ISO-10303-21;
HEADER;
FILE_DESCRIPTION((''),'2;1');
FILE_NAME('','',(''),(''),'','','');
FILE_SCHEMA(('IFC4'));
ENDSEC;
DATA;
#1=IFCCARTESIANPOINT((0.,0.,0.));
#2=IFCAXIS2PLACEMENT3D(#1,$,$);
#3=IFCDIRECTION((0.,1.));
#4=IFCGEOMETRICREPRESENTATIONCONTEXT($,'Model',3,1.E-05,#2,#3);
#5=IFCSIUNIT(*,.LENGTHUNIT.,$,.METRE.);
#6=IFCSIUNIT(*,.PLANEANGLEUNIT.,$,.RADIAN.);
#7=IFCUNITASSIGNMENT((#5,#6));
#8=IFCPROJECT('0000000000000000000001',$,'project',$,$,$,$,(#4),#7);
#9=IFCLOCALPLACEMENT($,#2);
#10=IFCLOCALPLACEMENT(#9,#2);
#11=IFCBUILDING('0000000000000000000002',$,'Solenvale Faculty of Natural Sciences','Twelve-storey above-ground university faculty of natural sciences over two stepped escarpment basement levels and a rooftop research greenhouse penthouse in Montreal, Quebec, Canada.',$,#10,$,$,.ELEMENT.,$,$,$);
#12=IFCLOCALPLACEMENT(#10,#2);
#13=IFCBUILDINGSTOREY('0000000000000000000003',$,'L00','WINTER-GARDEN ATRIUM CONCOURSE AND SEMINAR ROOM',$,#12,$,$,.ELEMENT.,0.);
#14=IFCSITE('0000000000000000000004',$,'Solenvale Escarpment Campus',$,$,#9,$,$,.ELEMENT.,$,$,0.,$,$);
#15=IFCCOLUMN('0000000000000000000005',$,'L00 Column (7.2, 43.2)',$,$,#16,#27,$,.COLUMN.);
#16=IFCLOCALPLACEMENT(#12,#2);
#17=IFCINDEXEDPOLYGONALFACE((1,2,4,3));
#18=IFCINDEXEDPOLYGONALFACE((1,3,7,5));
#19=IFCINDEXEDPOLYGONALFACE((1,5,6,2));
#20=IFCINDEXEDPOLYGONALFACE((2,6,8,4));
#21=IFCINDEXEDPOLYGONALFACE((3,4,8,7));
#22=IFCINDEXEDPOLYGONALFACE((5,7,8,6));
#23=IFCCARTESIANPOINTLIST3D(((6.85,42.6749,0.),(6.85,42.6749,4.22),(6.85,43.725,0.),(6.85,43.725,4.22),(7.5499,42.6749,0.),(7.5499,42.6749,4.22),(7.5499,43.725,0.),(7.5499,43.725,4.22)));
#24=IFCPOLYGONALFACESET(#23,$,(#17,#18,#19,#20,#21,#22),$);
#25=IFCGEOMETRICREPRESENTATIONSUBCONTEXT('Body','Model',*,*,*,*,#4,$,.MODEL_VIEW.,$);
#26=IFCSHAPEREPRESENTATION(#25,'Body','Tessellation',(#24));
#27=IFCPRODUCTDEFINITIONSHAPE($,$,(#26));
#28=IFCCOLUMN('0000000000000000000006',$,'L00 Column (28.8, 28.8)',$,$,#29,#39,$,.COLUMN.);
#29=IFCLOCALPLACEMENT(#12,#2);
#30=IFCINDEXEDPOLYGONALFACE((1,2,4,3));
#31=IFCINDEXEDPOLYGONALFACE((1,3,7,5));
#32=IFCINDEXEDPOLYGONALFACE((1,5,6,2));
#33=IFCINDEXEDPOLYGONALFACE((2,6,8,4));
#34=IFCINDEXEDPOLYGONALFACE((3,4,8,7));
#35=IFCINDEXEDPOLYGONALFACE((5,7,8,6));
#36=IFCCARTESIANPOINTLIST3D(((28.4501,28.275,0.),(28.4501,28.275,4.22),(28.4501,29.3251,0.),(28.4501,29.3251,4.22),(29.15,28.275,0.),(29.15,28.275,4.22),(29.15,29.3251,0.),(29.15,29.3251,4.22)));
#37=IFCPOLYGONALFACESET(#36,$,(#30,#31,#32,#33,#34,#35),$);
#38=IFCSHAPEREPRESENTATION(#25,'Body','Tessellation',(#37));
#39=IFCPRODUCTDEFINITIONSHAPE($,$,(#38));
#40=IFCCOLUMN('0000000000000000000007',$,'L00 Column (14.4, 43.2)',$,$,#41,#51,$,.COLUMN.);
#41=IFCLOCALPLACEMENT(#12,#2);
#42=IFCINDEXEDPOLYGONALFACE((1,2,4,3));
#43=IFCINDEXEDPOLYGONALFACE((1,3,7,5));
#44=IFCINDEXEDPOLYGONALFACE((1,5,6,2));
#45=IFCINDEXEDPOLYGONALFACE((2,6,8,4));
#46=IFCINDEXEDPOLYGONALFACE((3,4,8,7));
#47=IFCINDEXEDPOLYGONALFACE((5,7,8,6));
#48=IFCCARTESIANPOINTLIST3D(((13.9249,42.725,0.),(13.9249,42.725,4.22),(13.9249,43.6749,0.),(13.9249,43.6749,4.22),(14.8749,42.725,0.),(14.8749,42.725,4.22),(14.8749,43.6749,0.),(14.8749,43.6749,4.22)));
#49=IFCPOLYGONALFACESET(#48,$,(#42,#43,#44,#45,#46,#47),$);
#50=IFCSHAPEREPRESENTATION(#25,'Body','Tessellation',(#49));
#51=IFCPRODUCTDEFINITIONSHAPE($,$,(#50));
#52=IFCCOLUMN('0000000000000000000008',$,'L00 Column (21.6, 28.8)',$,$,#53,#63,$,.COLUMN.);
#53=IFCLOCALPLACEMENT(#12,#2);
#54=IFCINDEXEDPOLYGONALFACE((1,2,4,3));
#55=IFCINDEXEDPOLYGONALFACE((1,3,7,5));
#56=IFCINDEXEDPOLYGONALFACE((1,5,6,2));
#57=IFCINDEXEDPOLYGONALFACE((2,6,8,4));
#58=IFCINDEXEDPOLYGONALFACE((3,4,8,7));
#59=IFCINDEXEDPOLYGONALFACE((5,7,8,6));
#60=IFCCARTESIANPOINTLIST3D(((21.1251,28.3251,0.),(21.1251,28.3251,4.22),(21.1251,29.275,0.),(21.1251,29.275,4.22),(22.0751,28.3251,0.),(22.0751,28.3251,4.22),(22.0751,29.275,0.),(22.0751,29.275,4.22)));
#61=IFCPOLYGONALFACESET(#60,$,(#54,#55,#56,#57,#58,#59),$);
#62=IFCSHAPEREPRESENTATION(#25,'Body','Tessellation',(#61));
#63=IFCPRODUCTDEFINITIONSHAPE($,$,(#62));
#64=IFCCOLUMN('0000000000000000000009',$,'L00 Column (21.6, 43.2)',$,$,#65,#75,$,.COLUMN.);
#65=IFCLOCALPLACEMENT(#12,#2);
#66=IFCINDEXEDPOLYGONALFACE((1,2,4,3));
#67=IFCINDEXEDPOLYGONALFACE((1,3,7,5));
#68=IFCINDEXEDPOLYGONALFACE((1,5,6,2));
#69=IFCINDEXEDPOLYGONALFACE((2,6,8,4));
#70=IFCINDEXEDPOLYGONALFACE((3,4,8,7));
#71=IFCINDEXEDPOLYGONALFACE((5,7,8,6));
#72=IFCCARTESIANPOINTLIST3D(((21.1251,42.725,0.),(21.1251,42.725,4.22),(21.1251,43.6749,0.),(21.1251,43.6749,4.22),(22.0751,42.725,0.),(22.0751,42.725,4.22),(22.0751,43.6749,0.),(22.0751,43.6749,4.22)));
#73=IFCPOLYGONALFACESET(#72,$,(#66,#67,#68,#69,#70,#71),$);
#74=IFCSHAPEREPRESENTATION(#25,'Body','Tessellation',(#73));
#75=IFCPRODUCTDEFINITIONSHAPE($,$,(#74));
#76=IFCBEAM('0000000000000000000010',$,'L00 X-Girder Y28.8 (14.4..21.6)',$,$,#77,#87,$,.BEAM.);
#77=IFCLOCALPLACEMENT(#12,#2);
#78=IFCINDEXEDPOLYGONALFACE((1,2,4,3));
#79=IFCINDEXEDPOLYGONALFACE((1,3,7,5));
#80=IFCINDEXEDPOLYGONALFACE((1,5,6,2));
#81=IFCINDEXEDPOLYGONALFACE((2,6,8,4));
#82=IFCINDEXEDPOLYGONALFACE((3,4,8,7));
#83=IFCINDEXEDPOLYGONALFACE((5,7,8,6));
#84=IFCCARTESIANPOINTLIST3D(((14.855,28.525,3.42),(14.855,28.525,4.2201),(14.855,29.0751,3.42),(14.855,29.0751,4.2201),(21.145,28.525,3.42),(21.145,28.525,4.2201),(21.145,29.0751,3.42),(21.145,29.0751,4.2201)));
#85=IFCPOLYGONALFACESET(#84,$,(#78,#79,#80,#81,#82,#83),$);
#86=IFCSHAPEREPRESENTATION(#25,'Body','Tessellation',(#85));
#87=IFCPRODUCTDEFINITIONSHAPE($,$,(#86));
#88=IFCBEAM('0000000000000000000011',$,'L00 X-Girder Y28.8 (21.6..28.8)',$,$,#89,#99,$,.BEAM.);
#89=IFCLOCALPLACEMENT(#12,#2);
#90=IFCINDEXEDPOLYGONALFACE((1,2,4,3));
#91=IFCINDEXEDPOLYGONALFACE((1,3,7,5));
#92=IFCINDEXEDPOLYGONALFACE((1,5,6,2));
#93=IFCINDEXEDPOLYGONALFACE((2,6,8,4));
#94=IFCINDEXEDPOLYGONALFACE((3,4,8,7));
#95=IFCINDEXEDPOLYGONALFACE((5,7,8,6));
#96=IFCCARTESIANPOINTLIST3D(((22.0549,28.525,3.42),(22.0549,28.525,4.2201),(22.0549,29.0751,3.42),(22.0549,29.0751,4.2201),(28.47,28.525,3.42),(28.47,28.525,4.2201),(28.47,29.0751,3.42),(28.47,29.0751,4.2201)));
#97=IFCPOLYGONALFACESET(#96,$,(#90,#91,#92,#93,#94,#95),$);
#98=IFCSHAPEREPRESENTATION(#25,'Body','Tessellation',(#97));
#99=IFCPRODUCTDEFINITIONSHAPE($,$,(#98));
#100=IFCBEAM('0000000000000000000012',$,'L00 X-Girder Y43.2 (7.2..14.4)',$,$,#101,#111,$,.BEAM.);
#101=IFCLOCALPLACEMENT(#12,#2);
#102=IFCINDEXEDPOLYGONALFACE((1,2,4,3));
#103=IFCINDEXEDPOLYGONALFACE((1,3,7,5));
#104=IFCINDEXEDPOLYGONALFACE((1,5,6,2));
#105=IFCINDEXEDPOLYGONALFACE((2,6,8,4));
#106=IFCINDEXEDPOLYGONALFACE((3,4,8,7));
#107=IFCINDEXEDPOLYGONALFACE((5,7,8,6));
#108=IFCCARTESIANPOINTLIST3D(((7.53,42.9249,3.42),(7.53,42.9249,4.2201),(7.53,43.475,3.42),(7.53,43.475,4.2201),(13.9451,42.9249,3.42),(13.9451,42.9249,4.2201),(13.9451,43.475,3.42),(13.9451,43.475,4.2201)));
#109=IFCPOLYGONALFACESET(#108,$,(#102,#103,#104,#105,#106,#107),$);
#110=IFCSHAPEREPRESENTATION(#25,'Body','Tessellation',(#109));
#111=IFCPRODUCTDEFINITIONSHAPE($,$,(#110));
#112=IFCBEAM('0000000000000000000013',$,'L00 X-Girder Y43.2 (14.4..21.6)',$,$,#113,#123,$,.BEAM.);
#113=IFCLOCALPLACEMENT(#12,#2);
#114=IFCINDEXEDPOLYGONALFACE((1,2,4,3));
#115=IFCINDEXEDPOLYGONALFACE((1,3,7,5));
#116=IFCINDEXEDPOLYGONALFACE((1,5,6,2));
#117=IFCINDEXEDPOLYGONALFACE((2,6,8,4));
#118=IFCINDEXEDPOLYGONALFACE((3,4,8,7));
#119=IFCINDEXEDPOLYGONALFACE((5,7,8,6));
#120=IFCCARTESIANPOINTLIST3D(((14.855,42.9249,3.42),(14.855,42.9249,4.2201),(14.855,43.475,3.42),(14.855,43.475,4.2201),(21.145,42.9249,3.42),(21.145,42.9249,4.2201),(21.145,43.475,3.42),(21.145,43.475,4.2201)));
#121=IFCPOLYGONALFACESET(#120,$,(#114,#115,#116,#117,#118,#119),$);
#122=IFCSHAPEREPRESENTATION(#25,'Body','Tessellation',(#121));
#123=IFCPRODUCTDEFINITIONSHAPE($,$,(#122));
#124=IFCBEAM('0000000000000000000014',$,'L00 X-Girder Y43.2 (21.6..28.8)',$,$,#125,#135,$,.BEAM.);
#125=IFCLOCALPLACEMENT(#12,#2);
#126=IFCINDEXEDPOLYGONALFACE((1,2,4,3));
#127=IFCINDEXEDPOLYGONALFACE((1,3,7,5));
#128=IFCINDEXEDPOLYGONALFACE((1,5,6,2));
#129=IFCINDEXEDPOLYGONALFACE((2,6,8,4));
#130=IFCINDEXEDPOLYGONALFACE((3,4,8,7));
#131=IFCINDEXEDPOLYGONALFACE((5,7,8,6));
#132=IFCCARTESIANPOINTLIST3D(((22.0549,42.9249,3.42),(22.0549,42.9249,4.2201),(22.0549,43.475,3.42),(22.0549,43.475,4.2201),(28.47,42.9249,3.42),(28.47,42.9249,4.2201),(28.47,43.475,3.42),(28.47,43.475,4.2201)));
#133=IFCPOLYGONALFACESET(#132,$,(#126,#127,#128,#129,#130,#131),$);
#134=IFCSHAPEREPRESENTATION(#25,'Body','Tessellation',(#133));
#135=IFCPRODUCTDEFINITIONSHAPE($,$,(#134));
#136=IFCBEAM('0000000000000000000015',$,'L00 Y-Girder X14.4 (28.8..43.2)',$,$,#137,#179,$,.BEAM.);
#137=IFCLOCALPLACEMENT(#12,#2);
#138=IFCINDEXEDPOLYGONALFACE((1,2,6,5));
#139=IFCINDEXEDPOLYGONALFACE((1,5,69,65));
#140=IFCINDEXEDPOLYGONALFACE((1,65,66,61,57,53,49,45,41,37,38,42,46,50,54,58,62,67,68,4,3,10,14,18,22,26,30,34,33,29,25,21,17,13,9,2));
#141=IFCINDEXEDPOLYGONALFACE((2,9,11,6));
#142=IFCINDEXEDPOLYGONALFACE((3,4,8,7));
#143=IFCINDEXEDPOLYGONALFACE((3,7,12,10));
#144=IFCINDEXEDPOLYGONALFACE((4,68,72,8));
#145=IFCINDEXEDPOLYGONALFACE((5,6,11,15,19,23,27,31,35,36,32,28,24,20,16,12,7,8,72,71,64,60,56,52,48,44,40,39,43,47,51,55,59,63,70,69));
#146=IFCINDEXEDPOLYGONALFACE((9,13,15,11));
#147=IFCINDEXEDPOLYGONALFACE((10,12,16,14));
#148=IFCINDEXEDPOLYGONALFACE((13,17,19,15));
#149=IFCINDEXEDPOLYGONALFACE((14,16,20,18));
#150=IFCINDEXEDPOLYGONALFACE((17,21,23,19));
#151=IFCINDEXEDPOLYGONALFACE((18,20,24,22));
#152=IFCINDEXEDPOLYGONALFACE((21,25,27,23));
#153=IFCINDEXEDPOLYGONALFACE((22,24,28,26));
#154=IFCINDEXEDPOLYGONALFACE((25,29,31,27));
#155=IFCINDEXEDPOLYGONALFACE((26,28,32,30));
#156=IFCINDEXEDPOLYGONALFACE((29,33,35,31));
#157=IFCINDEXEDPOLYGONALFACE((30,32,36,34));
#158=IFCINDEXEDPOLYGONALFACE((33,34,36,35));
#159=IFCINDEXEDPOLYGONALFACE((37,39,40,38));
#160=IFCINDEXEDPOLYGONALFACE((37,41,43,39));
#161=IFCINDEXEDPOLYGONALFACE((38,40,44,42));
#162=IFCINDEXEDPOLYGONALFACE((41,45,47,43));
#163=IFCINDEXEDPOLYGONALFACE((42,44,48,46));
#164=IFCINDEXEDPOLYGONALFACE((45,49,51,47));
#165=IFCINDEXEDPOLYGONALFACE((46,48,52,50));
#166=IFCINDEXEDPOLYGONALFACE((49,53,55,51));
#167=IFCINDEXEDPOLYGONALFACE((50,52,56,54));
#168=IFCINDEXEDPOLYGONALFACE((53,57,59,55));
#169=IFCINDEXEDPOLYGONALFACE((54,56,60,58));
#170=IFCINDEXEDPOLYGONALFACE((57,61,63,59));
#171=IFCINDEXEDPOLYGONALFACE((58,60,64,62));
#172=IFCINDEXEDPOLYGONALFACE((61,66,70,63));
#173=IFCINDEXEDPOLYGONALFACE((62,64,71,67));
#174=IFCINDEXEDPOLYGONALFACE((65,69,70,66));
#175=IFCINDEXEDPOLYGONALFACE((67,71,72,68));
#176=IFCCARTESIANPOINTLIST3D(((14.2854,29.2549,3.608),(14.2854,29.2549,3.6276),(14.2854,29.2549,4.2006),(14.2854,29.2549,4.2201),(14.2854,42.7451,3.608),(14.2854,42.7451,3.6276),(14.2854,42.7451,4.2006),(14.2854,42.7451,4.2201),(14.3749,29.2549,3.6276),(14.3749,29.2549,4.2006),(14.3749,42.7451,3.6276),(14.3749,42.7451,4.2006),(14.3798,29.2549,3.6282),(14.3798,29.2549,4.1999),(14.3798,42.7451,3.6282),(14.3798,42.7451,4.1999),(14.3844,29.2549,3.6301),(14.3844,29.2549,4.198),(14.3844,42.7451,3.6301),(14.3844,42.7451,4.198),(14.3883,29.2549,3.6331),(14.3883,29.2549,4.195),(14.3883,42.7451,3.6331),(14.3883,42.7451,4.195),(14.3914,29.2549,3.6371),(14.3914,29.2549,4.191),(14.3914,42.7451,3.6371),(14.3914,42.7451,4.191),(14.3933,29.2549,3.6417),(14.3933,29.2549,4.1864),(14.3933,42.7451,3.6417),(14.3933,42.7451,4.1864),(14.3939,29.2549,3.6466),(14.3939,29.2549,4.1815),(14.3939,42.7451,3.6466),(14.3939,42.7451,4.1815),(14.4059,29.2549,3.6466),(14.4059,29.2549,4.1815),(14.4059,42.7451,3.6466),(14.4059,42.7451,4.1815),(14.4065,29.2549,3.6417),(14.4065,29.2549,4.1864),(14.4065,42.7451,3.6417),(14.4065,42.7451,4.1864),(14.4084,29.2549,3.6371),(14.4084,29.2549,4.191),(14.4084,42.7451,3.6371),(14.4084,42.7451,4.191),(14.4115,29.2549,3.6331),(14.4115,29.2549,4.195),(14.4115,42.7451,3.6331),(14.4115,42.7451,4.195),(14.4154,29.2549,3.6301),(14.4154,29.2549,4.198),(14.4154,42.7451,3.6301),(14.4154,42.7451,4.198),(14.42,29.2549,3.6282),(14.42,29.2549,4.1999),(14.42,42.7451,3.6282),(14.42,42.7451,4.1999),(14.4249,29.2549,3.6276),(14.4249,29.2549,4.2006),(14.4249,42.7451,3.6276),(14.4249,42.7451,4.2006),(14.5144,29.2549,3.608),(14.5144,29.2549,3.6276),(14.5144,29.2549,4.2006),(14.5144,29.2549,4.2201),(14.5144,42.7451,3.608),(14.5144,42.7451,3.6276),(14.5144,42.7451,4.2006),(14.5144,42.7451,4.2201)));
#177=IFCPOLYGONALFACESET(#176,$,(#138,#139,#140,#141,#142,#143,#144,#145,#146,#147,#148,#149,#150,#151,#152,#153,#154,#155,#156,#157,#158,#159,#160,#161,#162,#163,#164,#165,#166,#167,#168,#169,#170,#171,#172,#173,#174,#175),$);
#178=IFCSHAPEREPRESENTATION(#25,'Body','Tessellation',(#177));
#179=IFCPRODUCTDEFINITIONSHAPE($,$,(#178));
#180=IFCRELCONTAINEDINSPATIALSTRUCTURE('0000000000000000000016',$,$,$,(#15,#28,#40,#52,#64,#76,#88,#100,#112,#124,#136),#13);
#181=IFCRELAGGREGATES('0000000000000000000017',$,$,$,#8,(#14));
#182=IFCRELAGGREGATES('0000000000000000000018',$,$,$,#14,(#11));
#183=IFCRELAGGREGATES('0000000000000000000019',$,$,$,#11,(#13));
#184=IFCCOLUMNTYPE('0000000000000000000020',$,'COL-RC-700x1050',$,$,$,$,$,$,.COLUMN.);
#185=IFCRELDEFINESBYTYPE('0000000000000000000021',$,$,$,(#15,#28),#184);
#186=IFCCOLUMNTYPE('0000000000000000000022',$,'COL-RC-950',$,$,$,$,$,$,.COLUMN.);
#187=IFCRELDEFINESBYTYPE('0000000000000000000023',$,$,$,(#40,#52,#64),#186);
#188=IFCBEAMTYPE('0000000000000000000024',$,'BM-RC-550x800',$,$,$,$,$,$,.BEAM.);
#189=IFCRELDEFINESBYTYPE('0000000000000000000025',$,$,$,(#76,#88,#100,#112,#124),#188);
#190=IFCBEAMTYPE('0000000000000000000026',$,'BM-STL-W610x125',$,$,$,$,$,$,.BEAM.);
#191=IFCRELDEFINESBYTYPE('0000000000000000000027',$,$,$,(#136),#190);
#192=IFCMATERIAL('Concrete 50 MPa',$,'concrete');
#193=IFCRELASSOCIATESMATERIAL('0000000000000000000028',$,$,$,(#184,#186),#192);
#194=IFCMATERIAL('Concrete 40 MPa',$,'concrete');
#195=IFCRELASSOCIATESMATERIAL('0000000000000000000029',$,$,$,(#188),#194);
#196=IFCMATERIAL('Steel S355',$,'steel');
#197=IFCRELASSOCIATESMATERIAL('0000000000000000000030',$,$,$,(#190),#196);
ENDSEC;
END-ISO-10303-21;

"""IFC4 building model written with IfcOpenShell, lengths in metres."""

from ifc_helpers import new_model, si_unit, direction, frame, origin, origin_2d, place, context, subcontext, project, spatial, rectangle, i_section, extrude, material, material_profile, profile_set, type_object, element, save


model = new_model("IFC4")

# Units and contexts
model_context = context("Model", 3, precision=1e-05, world=origin(), true_north=direction((0.0, 1.0)))
body_context = subcontext(model_context, "Body", "Model", "MODEL_VIEW")
ifc_project = project(units=[si_unit("LENGTHUNIT", "METRE"), si_unit("PLANEANGLEUNIT", "RADIAN")], contexts=[model_context])

# Site, building, storey
site_placement = place(None, origin())
site = spatial("IfcSite", under=ifc_project, at=site_placement, Name="Solenvale Escarpment Campus", CompositionType="ELEMENT", RefElevation=0.0)
building_placement = place(site_placement, origin())
building = spatial("IfcBuilding", under=site, at=building_placement, Name="Solenvale Faculty of Natural Sciences", Description="Twelve-storey above-ground university faculty of natural sciences over two stepped escarpment basement levels and a rooftop research greenhouse penthouse in Montreal, Quebec, Canada.", CompositionType="ELEMENT")
storey_placement = place(building_placement, origin())
storey = spatial("IfcBuildingStorey", under=building, at=storey_placement, Name="L00", Description="WINTER-GARDEN ATRIUM CONCOURSE AND SEMINAR ROOM", CompositionType="ELEMENT", Elevation=0.0)

# Columns
ifc_material_1 = material(Name="Concrete 50 MPa", Category="concrete")
ifc_material_profile_1 = material_profile(ifc_material_1, rectangle(XDim=0.7, YDim=1.05, at=origin_2d()), Name="RC-COL-700x1050")
ifc_profile_set_1 = profile_set([ifc_material_profile_1], Name="Concrete 50 MPa")
column_type_1 = type_object("IfcColumnType", Name="COL-RC-700x1050", PredefinedType="COLUMN", material=ifc_profile_set_1)
for number, where, z_axis, x_axis, name in (
    (1, (7.2, 43.2, 0.0), (0.0, 0.0, 1.0), (1.0, 0.0, 0.0), "L00 Column (7.2, 43.2)"),
    (2, (28.8, 28.8, 0.0), (0.0, 0.0, 1.0), (1.0, 0.0, 0.0), "L00 Column (28.8, 28.8)"),
):
    element("IfcColumn", number, at=place(storey_placement, frame(where, z_axis=z_axis, x_axis=x_axis)), inside=storey, type_object=column_type_1, Name=name, PredefinedType="COLUMN", context=body_context, shape_type="SweptSolid", body=[
        extrude(rectangle(XDim=0.7, YDim=1.05, at=origin_2d()), origin(), (0.0, 0.0, 1.0), 4.22),
    ])
ifc_material_profile_2 = material_profile(ifc_material_1, rectangle(XDim=0.95, YDim=0.95, at=origin_2d()), Name="RC-COL-950x950")
ifc_profile_set_2 = profile_set([ifc_material_profile_2], Name="Concrete 50 MPa")
column_type_2 = type_object("IfcColumnType", Name="COL-RC-950", PredefinedType="COLUMN", material=ifc_profile_set_2)
for number, where, z_axis, x_axis, name in (
    (3, (14.3999, 43.2, 0.0), (0.0, 0.0, 1.0), (1.0, 0.0, 0.0), "L00 Column (14.4, 43.2)"),
    (4, (21.6001, 28.8, 0.0), (0.0, 0.0, 1.0), (1.0, 0.0, 0.0), "L00 Column (21.6, 28.8)"),
    (5, (21.6001, 43.2, 0.0), (0.0, 0.0, 1.0), (1.0, 0.0, 0.0), "L00 Column (21.6, 43.2)"),
):
    element("IfcColumn", number, at=place(storey_placement, frame(where, z_axis=z_axis, x_axis=x_axis)), inside=storey, type_object=column_type_2, Name=name, PredefinedType="COLUMN", context=body_context, shape_type="SweptSolid", body=[
        extrude(rectangle(XDim=0.95, YDim=0.95, at=origin_2d()), origin(), (0.0, 0.0, 1.0), 4.22),
    ])

# Beams
ifc_material_2 = material(Name="Concrete 40 MPa", Category="concrete")
ifc_material_profile_3 = material_profile(ifc_material_2, rectangle(XDim=0.55, YDim=0.8, at=origin_2d()), Name="RC-BM-550x800")
ifc_profile_set_3 = profile_set([ifc_material_profile_3], Name="Concrete 40 MPa")
beam_type_1 = type_object("IfcBeamType", Name="BM-RC-550x800", PredefinedType="BEAM", material=ifc_profile_set_3)
beam_1_placement = place(storey_placement, frame((14.855, 28.8, 3.8201), z_axis=(1.0, 0.0, 0.0), x_axis=(0.0, 1.0, 0.0)))
element("IfcBeam", 6, at=beam_1_placement, inside=storey, type_object=beam_type_1, Name="L00 X-Girder Y28.8 (14.4..21.6)", PredefinedType="BEAM", context=body_context, shape_type="SweptSolid", body=[
    extrude(rectangle(XDim=0.55, YDim=0.8, at=origin_2d()), origin(), (0.0, 0.0, 1.0), 6.29),
])
for number, where, z_axis, x_axis, name in (
    (7, (22.0549, 28.8, 3.8201), (1.0, 0.0, 0.0), (0.0, 1.0, 0.0), "L00 X-Girder Y28.8 (21.6..28.8)"),
    (8, (7.53, 43.2, 3.8201), (1.0, 0.0, 0.0), (0.0, 1.0, 0.0), "L00 X-Girder Y43.2 (7.2..14.4)"),
):
    element("IfcBeam", number, at=place(storey_placement, frame(where, z_axis=z_axis, x_axis=x_axis)), inside=storey, type_object=beam_type_1, Name=name, PredefinedType="BEAM", context=body_context, shape_type="SweptSolid", body=[
        extrude(rectangle(XDim=0.55, YDim=0.8, at=origin_2d()), origin(), (0.0, 0.0, 1.0), 6.415),
    ])
beam_2_placement = place(storey_placement, frame((14.855, 43.2, 3.8201), z_axis=(1.0, 0.0, 0.0), x_axis=(0.0, 1.0, 0.0)))
element("IfcBeam", 9, at=beam_2_placement, inside=storey, type_object=beam_type_1, Name="L00 X-Girder Y43.2 (14.4..21.6)", PredefinedType="BEAM", context=body_context, shape_type="SweptSolid", body=[
    extrude(rectangle(XDim=0.55, YDim=0.8, at=origin_2d()), origin(), (0.0, 0.0, 1.0), 6.29),
])
beam_3_placement = place(storey_placement, frame((22.0549, 43.2, 3.8201), z_axis=(1.0, 0.0, 0.0), x_axis=(0.0, 1.0, 0.0)))
element("IfcBeam", 10, at=beam_3_placement, inside=storey, type_object=beam_type_1, Name="L00 X-Girder Y43.2 (21.6..28.8)", PredefinedType="BEAM", context=body_context, shape_type="SweptSolid", body=[
    extrude(rectangle(XDim=0.55, YDim=0.8, at=origin_2d()), origin(), (0.0, 0.0, 1.0), 6.415),
])
ifc_material_3 = material(Name="Steel S355", Category="steel")
ifc_material_profile_4 = material_profile(ifc_material_3, i_section(OverallWidth=0.229, OverallDepth=0.6121, WebThickness=0.012, FlangeThickness=0.0195, FilletRadius=0.019, at=origin_2d()), Name="W610x125")
ifc_profile_set_4 = profile_set([ifc_material_profile_4], Name="Steel S355")
beam_type_2 = type_object("IfcBeamType", Name="BM-STL-W610x125", PredefinedType="BEAM", material=ifc_profile_set_4)
for number, where, z_axis, x_axis, name in (
    (11, (14.3999, 29.2549, 3.9141), (0.0, 1.0, 0.0), (-1.0, 0.0, 0.0), "L00 Y-Girder X14.4 (28.8..43.2)"),
):
    element("IfcBeam", number, at=place(storey_placement, frame(where, z_axis=z_axis, x_axis=x_axis)), inside=storey, type_object=beam_type_2, Name=name, PredefinedType="BEAM", context=body_context, shape_type="SweptSolid", body=[
        extrude(i_section(OverallWidth=0.229, OverallDepth=0.6121, WebThickness=0.012, FlangeThickness=0.0195, FilletRadius=0.019, at=origin_2d()), origin(), (0.0, 0.0, 1.0), 13.4902),
    ])

save(model, "model.ifc")
